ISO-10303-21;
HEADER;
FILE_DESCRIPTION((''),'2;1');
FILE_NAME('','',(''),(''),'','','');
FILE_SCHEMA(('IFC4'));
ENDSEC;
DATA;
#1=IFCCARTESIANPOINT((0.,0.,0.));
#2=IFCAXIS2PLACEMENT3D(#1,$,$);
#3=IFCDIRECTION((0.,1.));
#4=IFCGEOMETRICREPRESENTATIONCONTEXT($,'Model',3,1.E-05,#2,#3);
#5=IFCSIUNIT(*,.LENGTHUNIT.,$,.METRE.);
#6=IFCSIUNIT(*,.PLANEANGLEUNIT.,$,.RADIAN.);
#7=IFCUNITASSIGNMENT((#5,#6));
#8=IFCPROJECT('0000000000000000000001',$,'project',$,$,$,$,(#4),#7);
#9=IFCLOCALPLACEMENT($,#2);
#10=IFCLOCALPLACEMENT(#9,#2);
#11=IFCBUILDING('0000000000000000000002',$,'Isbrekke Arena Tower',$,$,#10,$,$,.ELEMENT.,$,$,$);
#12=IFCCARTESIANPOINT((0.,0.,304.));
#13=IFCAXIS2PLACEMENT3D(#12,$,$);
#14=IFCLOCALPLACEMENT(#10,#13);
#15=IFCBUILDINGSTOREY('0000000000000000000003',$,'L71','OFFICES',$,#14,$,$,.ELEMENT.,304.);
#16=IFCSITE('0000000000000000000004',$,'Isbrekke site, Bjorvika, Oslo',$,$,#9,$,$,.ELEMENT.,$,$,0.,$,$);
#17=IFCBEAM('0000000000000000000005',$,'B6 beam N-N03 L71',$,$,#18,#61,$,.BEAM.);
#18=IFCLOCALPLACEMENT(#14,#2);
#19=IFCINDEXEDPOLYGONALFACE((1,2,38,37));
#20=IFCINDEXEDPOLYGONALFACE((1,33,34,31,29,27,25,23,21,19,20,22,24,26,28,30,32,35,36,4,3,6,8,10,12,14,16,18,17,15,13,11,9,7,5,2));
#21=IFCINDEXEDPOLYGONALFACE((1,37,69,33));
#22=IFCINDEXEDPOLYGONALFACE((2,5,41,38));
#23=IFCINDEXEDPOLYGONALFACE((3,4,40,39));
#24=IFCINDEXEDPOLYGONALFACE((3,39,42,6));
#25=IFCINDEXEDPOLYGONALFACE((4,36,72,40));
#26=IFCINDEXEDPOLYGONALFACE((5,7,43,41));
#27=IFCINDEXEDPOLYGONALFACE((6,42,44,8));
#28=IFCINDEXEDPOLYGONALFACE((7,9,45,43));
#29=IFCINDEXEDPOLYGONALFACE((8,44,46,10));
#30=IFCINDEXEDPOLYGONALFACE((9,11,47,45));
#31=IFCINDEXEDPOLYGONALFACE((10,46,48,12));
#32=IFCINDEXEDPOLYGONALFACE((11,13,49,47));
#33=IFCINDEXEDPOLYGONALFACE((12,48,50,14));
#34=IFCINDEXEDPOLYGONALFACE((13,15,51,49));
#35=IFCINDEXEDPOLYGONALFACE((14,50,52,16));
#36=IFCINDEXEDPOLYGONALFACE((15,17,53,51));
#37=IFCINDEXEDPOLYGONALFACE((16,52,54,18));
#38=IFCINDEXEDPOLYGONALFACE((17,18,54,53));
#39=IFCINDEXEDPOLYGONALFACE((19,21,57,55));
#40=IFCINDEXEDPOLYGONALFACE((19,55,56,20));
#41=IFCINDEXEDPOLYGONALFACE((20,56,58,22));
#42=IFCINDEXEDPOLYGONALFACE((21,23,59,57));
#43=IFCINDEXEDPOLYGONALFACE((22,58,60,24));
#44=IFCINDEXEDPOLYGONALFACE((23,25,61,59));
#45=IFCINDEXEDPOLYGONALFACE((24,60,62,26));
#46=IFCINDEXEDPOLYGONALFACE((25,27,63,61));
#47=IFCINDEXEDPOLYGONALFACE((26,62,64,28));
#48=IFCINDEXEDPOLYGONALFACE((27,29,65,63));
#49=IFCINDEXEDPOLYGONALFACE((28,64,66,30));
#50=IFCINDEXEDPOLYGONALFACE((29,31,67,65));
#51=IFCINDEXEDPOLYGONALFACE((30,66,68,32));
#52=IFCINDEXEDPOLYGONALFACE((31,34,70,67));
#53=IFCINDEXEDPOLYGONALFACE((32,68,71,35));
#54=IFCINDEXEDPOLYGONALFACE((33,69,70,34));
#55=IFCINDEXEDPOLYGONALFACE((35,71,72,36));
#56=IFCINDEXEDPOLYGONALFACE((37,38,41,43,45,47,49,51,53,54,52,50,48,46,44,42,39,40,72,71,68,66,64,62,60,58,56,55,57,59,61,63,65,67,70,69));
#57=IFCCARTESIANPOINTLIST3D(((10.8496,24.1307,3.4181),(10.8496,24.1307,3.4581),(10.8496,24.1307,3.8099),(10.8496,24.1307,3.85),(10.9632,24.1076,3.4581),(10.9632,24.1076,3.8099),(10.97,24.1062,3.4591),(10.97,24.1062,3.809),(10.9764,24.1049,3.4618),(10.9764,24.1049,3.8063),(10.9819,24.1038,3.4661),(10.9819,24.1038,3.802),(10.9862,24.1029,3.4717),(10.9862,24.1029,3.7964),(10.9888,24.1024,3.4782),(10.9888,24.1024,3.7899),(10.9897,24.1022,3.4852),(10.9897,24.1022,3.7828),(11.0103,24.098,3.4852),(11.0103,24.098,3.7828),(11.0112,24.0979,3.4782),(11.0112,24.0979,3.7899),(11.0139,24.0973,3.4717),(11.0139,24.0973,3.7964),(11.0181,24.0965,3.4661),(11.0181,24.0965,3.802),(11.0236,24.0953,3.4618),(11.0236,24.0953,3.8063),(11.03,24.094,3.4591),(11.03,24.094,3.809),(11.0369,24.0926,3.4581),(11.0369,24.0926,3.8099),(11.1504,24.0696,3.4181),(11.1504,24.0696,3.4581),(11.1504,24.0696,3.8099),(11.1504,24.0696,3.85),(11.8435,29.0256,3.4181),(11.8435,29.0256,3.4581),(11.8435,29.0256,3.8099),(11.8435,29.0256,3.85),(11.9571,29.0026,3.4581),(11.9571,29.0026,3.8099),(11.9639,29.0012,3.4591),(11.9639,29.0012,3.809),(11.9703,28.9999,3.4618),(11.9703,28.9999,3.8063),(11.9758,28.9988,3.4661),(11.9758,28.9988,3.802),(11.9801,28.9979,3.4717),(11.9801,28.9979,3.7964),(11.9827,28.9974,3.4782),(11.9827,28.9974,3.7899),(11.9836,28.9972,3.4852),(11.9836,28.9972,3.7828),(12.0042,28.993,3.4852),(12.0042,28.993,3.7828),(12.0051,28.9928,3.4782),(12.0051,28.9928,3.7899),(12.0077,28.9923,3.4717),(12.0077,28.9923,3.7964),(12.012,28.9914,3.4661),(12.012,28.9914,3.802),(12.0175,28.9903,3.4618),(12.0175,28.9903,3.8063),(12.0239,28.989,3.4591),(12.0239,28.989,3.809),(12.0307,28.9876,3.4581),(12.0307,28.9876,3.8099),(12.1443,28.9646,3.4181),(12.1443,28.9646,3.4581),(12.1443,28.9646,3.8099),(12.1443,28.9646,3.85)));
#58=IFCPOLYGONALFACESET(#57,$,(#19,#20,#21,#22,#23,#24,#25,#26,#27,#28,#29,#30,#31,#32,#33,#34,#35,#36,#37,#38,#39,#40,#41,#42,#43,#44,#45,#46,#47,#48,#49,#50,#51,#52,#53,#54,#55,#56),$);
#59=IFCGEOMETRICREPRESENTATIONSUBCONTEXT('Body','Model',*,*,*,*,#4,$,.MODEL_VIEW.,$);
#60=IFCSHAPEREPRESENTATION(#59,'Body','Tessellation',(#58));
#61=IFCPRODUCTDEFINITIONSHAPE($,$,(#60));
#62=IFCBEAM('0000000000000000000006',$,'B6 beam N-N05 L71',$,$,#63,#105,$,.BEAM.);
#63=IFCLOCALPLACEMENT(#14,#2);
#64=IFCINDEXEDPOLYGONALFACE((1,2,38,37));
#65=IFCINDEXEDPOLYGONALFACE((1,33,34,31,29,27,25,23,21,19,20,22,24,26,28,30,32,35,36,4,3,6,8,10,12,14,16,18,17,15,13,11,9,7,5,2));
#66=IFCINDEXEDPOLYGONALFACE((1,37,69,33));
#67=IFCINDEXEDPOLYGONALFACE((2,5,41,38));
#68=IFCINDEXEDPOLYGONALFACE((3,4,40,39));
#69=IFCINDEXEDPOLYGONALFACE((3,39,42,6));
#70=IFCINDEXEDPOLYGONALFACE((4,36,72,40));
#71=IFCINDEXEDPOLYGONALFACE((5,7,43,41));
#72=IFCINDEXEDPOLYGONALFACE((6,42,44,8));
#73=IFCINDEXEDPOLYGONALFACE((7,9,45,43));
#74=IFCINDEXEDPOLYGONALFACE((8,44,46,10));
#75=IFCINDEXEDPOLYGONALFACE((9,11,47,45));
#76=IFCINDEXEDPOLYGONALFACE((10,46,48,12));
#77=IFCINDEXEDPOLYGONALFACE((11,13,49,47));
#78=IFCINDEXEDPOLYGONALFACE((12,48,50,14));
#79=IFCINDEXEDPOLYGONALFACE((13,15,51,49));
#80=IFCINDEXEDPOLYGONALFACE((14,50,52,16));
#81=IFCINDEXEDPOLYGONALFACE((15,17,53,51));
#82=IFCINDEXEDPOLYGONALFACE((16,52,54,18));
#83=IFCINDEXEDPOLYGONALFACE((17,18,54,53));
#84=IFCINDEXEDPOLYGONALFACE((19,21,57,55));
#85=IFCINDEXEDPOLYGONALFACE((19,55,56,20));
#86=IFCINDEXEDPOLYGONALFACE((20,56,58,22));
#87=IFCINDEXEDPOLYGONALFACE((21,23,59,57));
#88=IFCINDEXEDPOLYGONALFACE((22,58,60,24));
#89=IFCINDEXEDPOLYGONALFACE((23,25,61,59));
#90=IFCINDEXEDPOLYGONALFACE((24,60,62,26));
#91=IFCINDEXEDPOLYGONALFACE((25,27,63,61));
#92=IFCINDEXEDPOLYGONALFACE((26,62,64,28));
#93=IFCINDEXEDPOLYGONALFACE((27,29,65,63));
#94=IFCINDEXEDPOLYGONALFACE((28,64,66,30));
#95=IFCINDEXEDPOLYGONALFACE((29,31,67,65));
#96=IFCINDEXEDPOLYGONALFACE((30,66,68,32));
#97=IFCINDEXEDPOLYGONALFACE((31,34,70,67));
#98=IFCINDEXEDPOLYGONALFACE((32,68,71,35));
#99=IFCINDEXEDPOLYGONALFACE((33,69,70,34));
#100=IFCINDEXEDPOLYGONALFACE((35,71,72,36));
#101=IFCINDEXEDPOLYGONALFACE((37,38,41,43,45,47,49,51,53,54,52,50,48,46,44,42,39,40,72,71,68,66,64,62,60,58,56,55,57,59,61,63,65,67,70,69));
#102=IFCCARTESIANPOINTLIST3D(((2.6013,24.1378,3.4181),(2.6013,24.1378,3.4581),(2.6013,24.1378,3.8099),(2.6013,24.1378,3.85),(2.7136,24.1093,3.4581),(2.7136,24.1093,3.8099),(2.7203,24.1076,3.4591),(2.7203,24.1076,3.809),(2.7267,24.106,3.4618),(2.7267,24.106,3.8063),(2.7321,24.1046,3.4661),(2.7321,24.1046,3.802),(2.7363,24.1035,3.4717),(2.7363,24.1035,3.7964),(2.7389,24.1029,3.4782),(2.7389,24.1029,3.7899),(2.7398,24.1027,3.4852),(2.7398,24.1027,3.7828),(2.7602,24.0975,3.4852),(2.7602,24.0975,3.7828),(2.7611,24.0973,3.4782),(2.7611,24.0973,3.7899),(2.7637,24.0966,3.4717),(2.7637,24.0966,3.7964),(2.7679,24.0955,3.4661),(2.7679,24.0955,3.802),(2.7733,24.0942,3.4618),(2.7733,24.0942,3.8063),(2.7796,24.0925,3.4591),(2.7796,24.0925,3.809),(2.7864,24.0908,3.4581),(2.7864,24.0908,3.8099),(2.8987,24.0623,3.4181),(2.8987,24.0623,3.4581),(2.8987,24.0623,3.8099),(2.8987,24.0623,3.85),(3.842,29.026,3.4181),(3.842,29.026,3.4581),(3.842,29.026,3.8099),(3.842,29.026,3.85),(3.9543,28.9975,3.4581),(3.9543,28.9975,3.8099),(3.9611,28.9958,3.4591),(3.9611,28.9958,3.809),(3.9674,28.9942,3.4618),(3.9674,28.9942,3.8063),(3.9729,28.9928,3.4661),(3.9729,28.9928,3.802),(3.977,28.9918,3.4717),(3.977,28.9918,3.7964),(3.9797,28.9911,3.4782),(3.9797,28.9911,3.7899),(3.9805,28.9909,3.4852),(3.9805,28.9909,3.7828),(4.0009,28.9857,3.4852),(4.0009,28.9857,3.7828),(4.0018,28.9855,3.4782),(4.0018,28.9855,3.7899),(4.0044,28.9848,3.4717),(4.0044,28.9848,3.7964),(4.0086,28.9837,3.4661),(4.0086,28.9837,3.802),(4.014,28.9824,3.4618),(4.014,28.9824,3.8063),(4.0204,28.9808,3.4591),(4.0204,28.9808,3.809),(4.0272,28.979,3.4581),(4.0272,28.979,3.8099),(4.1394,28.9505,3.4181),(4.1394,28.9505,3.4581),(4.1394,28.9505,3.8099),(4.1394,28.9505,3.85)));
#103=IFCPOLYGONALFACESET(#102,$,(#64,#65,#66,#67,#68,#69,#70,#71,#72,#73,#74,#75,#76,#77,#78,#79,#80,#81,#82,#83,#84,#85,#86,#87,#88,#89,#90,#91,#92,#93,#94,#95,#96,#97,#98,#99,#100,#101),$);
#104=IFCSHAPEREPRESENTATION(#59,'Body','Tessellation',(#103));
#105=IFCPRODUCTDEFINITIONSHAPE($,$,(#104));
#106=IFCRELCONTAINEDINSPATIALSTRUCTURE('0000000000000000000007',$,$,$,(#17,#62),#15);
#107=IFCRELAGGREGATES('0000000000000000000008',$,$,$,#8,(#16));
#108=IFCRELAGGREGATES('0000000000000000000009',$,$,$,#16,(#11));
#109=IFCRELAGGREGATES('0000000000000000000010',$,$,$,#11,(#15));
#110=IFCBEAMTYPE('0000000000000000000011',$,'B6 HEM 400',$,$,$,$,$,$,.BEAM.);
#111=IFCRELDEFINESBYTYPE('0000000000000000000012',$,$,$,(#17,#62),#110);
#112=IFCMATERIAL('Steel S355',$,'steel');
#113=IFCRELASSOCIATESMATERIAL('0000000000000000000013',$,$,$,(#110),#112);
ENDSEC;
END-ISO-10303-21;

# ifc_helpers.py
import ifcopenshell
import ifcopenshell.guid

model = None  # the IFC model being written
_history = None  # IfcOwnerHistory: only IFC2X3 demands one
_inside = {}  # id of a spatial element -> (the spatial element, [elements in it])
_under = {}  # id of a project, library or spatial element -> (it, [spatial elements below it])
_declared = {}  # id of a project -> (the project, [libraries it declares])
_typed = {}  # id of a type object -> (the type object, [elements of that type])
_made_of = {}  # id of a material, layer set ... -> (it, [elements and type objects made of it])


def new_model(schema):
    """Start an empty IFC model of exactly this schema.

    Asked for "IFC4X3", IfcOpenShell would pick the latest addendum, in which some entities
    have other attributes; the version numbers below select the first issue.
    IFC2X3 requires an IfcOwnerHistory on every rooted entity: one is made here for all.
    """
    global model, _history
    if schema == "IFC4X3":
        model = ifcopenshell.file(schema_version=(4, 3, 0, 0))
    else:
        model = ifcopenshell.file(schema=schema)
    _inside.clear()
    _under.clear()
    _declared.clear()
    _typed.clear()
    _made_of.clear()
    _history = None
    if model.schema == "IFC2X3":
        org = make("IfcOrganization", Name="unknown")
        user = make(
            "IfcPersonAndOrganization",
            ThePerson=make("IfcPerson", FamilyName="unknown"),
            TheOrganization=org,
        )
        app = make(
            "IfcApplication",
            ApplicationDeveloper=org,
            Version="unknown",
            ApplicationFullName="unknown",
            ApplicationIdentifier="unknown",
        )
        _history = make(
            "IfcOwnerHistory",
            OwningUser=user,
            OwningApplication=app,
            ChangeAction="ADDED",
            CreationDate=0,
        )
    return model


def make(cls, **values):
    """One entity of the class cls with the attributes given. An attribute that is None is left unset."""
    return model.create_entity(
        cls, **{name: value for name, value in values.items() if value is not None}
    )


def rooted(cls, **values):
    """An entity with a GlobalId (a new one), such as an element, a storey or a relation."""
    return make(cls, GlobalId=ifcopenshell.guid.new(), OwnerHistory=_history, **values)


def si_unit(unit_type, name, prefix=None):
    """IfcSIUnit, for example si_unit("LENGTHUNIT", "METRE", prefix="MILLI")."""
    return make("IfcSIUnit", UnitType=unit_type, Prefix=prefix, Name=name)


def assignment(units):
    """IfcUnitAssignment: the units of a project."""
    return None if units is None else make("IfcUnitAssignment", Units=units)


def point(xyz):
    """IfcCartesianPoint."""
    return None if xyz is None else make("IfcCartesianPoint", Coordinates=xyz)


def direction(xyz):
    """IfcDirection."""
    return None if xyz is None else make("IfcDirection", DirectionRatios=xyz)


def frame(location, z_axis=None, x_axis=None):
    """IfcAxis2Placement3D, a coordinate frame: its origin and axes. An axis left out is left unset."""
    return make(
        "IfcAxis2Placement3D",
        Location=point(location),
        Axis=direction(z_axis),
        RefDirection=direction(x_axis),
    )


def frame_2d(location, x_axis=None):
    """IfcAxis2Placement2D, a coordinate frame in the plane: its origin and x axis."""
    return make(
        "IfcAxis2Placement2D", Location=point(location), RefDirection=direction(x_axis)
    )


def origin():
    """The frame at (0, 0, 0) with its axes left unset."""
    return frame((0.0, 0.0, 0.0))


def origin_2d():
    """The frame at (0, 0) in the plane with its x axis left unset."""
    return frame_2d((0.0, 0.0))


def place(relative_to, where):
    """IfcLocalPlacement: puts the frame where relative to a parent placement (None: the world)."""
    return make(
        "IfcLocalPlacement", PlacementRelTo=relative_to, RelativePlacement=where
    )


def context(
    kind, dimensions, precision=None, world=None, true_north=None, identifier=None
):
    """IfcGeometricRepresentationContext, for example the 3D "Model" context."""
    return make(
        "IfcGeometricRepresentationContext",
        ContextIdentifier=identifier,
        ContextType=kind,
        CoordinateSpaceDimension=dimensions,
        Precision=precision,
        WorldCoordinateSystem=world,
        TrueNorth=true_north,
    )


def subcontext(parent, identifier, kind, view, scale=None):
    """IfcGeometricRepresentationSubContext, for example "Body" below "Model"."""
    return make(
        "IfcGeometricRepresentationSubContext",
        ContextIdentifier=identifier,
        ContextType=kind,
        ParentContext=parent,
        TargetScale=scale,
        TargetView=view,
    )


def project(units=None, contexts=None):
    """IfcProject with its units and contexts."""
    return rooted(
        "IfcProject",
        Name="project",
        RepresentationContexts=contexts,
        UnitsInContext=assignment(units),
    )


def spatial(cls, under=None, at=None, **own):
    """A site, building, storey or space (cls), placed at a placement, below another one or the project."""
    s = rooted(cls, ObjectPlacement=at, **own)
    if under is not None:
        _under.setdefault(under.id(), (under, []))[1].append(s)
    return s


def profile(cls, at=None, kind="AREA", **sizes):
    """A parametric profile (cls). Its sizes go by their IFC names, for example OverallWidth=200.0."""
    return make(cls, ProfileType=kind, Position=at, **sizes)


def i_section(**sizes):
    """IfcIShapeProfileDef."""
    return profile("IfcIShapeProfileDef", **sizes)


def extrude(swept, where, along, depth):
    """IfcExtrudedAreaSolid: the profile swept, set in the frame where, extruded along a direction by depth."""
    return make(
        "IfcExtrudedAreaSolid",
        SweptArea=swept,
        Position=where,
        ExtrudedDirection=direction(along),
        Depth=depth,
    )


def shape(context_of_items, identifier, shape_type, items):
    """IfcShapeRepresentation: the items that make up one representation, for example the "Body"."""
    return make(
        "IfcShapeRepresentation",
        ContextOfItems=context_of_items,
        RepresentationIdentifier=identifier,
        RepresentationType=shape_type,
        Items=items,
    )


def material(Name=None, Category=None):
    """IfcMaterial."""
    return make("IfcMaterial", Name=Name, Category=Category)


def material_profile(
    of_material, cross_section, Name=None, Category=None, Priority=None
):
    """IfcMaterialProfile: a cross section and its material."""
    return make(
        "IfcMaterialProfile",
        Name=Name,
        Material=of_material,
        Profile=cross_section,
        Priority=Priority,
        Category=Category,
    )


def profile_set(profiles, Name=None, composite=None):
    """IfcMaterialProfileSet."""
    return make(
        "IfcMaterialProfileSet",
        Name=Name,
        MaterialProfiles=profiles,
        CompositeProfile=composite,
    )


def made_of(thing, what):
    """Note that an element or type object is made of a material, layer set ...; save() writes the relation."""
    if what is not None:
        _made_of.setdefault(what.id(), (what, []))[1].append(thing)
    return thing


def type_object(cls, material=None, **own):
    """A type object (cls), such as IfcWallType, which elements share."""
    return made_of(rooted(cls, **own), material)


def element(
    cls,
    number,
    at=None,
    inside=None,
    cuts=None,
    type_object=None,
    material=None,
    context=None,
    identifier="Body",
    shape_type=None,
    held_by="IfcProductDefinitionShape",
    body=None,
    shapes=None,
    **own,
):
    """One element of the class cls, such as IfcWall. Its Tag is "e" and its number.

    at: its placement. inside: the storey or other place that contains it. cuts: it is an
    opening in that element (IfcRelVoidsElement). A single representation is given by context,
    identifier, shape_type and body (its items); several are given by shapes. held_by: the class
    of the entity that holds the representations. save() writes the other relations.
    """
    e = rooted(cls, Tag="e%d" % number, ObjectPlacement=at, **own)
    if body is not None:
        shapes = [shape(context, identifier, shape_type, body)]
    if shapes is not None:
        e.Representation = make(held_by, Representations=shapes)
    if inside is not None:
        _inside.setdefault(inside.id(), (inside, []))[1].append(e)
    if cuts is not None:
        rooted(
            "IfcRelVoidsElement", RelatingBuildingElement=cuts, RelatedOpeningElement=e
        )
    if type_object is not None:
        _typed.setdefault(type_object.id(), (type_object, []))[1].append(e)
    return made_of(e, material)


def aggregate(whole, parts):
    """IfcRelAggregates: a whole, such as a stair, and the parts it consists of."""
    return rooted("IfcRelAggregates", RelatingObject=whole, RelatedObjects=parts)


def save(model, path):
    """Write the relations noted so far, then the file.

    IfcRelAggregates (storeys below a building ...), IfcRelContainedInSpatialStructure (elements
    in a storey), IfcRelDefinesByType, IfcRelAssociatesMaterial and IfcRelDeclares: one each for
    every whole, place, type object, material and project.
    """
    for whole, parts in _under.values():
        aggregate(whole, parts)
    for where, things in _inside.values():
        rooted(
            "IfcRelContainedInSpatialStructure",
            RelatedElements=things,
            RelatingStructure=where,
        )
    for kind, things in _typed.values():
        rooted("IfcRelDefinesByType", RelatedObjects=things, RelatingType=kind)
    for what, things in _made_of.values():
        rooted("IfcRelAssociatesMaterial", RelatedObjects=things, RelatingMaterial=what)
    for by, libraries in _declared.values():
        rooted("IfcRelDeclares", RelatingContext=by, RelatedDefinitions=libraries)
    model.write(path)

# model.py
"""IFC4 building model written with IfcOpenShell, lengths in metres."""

from ifc_helpers import new_model, si_unit, direction, frame, origin, origin_2d, place, context, subcontext, project, spatial, i_section, extrude, material, material_profile, profile_set, type_object, element, save


model = new_model("IFC4")

# Units and contexts
model_context = context("Model", 3, precision=1e-05, world=origin(), true_north=direction((0.0, 1.0)))
body_context = subcontext(model_context, "Body", "Model", "MODEL_VIEW")
ifc_project = project(units=[si_unit("LENGTHUNIT", "METRE"), si_unit("PLANEANGLEUNIT", "RADIAN")], contexts=[model_context])

# Site, building, storey
site_placement = place(None, origin())
site = spatial("IfcSite", under=ifc_project, at=site_placement, Name="Isbrekke site, Bjorvika, Oslo", CompositionType="ELEMENT", RefElevation=0.0)
building_placement = place(site_placement, origin())
building = spatial("IfcBuilding", under=site, at=building_placement, Name="Isbrekke Arena Tower", CompositionType="ELEMENT")
storey_placement = place(building_placement, frame((0.0, 0.0, 304.0)))
storey = spatial("IfcBuildingStorey", under=building, at=storey_placement, Name="L71", Description="OFFICES", CompositionType="ELEMENT", Elevation=304.0)

# Beams
ifc_material_1 = material(Name="Steel S355", Category="steel")
ifc_material_profile = material_profile(ifc_material_1, i_section(OverallWidth=0.3069, OverallDepth=0.4319, WebThickness=0.021, FlangeThickness=0.04, FilletRadius=0.0271, at=origin_2d()), Name="HEM 400")
ifc_profile_set = profile_set([ifc_material_profile], Name="Steel S355")
beam_type = type_object("IfcBeamType", Name="B6 HEM 400", PredefinedType="BEAM", material=ifc_profile_set)
beam_1_placement = place(storey_placement, frame((11.9939, 28.9951, 3.634), z_axis=(-0.198982, -0.980003, 0.0), x_axis=(0.980003, -0.198982, 0.0)))
element("IfcBeam", 1, at=beam_1_placement, inside=storey, type_object=beam_type, Name="B6 beam N-N03 L71", PredefinedType="BEAM", context=body_context, shape_type="SweptSolid", body=[
    extrude(i_section(OverallWidth=0.3069, OverallDepth=0.4319, WebThickness=0.021, FlangeThickness=0.04, FilletRadius=0.0271, at=origin_2d()), origin(), (0.0, 0.0, 1.0), 4.9949),
])
beam_2_placement = place(storey_placement, frame((3.9907, 28.9883, 3.634), z_axis=(-0.24602, -0.969265, 0.0), x_axis=(0.969265, -0.24602, 0.0)))
element("IfcBeam", 2, at=beam_2_placement, inside=storey, type_object=beam_type, Name="B6 beam N-N05 L71", PredefinedType="BEAM", context=body_context, shape_type="SweptSolid", body=[
    extrude(i_section(OverallWidth=0.3069, OverallDepth=0.4319, WebThickness=0.021, FlangeThickness=0.04, FilletRadius=0.0271, at=origin_2d()), origin(), (0.0, 0.0, 1.0), 5.0432),
])

save(model, "model.ifc")
